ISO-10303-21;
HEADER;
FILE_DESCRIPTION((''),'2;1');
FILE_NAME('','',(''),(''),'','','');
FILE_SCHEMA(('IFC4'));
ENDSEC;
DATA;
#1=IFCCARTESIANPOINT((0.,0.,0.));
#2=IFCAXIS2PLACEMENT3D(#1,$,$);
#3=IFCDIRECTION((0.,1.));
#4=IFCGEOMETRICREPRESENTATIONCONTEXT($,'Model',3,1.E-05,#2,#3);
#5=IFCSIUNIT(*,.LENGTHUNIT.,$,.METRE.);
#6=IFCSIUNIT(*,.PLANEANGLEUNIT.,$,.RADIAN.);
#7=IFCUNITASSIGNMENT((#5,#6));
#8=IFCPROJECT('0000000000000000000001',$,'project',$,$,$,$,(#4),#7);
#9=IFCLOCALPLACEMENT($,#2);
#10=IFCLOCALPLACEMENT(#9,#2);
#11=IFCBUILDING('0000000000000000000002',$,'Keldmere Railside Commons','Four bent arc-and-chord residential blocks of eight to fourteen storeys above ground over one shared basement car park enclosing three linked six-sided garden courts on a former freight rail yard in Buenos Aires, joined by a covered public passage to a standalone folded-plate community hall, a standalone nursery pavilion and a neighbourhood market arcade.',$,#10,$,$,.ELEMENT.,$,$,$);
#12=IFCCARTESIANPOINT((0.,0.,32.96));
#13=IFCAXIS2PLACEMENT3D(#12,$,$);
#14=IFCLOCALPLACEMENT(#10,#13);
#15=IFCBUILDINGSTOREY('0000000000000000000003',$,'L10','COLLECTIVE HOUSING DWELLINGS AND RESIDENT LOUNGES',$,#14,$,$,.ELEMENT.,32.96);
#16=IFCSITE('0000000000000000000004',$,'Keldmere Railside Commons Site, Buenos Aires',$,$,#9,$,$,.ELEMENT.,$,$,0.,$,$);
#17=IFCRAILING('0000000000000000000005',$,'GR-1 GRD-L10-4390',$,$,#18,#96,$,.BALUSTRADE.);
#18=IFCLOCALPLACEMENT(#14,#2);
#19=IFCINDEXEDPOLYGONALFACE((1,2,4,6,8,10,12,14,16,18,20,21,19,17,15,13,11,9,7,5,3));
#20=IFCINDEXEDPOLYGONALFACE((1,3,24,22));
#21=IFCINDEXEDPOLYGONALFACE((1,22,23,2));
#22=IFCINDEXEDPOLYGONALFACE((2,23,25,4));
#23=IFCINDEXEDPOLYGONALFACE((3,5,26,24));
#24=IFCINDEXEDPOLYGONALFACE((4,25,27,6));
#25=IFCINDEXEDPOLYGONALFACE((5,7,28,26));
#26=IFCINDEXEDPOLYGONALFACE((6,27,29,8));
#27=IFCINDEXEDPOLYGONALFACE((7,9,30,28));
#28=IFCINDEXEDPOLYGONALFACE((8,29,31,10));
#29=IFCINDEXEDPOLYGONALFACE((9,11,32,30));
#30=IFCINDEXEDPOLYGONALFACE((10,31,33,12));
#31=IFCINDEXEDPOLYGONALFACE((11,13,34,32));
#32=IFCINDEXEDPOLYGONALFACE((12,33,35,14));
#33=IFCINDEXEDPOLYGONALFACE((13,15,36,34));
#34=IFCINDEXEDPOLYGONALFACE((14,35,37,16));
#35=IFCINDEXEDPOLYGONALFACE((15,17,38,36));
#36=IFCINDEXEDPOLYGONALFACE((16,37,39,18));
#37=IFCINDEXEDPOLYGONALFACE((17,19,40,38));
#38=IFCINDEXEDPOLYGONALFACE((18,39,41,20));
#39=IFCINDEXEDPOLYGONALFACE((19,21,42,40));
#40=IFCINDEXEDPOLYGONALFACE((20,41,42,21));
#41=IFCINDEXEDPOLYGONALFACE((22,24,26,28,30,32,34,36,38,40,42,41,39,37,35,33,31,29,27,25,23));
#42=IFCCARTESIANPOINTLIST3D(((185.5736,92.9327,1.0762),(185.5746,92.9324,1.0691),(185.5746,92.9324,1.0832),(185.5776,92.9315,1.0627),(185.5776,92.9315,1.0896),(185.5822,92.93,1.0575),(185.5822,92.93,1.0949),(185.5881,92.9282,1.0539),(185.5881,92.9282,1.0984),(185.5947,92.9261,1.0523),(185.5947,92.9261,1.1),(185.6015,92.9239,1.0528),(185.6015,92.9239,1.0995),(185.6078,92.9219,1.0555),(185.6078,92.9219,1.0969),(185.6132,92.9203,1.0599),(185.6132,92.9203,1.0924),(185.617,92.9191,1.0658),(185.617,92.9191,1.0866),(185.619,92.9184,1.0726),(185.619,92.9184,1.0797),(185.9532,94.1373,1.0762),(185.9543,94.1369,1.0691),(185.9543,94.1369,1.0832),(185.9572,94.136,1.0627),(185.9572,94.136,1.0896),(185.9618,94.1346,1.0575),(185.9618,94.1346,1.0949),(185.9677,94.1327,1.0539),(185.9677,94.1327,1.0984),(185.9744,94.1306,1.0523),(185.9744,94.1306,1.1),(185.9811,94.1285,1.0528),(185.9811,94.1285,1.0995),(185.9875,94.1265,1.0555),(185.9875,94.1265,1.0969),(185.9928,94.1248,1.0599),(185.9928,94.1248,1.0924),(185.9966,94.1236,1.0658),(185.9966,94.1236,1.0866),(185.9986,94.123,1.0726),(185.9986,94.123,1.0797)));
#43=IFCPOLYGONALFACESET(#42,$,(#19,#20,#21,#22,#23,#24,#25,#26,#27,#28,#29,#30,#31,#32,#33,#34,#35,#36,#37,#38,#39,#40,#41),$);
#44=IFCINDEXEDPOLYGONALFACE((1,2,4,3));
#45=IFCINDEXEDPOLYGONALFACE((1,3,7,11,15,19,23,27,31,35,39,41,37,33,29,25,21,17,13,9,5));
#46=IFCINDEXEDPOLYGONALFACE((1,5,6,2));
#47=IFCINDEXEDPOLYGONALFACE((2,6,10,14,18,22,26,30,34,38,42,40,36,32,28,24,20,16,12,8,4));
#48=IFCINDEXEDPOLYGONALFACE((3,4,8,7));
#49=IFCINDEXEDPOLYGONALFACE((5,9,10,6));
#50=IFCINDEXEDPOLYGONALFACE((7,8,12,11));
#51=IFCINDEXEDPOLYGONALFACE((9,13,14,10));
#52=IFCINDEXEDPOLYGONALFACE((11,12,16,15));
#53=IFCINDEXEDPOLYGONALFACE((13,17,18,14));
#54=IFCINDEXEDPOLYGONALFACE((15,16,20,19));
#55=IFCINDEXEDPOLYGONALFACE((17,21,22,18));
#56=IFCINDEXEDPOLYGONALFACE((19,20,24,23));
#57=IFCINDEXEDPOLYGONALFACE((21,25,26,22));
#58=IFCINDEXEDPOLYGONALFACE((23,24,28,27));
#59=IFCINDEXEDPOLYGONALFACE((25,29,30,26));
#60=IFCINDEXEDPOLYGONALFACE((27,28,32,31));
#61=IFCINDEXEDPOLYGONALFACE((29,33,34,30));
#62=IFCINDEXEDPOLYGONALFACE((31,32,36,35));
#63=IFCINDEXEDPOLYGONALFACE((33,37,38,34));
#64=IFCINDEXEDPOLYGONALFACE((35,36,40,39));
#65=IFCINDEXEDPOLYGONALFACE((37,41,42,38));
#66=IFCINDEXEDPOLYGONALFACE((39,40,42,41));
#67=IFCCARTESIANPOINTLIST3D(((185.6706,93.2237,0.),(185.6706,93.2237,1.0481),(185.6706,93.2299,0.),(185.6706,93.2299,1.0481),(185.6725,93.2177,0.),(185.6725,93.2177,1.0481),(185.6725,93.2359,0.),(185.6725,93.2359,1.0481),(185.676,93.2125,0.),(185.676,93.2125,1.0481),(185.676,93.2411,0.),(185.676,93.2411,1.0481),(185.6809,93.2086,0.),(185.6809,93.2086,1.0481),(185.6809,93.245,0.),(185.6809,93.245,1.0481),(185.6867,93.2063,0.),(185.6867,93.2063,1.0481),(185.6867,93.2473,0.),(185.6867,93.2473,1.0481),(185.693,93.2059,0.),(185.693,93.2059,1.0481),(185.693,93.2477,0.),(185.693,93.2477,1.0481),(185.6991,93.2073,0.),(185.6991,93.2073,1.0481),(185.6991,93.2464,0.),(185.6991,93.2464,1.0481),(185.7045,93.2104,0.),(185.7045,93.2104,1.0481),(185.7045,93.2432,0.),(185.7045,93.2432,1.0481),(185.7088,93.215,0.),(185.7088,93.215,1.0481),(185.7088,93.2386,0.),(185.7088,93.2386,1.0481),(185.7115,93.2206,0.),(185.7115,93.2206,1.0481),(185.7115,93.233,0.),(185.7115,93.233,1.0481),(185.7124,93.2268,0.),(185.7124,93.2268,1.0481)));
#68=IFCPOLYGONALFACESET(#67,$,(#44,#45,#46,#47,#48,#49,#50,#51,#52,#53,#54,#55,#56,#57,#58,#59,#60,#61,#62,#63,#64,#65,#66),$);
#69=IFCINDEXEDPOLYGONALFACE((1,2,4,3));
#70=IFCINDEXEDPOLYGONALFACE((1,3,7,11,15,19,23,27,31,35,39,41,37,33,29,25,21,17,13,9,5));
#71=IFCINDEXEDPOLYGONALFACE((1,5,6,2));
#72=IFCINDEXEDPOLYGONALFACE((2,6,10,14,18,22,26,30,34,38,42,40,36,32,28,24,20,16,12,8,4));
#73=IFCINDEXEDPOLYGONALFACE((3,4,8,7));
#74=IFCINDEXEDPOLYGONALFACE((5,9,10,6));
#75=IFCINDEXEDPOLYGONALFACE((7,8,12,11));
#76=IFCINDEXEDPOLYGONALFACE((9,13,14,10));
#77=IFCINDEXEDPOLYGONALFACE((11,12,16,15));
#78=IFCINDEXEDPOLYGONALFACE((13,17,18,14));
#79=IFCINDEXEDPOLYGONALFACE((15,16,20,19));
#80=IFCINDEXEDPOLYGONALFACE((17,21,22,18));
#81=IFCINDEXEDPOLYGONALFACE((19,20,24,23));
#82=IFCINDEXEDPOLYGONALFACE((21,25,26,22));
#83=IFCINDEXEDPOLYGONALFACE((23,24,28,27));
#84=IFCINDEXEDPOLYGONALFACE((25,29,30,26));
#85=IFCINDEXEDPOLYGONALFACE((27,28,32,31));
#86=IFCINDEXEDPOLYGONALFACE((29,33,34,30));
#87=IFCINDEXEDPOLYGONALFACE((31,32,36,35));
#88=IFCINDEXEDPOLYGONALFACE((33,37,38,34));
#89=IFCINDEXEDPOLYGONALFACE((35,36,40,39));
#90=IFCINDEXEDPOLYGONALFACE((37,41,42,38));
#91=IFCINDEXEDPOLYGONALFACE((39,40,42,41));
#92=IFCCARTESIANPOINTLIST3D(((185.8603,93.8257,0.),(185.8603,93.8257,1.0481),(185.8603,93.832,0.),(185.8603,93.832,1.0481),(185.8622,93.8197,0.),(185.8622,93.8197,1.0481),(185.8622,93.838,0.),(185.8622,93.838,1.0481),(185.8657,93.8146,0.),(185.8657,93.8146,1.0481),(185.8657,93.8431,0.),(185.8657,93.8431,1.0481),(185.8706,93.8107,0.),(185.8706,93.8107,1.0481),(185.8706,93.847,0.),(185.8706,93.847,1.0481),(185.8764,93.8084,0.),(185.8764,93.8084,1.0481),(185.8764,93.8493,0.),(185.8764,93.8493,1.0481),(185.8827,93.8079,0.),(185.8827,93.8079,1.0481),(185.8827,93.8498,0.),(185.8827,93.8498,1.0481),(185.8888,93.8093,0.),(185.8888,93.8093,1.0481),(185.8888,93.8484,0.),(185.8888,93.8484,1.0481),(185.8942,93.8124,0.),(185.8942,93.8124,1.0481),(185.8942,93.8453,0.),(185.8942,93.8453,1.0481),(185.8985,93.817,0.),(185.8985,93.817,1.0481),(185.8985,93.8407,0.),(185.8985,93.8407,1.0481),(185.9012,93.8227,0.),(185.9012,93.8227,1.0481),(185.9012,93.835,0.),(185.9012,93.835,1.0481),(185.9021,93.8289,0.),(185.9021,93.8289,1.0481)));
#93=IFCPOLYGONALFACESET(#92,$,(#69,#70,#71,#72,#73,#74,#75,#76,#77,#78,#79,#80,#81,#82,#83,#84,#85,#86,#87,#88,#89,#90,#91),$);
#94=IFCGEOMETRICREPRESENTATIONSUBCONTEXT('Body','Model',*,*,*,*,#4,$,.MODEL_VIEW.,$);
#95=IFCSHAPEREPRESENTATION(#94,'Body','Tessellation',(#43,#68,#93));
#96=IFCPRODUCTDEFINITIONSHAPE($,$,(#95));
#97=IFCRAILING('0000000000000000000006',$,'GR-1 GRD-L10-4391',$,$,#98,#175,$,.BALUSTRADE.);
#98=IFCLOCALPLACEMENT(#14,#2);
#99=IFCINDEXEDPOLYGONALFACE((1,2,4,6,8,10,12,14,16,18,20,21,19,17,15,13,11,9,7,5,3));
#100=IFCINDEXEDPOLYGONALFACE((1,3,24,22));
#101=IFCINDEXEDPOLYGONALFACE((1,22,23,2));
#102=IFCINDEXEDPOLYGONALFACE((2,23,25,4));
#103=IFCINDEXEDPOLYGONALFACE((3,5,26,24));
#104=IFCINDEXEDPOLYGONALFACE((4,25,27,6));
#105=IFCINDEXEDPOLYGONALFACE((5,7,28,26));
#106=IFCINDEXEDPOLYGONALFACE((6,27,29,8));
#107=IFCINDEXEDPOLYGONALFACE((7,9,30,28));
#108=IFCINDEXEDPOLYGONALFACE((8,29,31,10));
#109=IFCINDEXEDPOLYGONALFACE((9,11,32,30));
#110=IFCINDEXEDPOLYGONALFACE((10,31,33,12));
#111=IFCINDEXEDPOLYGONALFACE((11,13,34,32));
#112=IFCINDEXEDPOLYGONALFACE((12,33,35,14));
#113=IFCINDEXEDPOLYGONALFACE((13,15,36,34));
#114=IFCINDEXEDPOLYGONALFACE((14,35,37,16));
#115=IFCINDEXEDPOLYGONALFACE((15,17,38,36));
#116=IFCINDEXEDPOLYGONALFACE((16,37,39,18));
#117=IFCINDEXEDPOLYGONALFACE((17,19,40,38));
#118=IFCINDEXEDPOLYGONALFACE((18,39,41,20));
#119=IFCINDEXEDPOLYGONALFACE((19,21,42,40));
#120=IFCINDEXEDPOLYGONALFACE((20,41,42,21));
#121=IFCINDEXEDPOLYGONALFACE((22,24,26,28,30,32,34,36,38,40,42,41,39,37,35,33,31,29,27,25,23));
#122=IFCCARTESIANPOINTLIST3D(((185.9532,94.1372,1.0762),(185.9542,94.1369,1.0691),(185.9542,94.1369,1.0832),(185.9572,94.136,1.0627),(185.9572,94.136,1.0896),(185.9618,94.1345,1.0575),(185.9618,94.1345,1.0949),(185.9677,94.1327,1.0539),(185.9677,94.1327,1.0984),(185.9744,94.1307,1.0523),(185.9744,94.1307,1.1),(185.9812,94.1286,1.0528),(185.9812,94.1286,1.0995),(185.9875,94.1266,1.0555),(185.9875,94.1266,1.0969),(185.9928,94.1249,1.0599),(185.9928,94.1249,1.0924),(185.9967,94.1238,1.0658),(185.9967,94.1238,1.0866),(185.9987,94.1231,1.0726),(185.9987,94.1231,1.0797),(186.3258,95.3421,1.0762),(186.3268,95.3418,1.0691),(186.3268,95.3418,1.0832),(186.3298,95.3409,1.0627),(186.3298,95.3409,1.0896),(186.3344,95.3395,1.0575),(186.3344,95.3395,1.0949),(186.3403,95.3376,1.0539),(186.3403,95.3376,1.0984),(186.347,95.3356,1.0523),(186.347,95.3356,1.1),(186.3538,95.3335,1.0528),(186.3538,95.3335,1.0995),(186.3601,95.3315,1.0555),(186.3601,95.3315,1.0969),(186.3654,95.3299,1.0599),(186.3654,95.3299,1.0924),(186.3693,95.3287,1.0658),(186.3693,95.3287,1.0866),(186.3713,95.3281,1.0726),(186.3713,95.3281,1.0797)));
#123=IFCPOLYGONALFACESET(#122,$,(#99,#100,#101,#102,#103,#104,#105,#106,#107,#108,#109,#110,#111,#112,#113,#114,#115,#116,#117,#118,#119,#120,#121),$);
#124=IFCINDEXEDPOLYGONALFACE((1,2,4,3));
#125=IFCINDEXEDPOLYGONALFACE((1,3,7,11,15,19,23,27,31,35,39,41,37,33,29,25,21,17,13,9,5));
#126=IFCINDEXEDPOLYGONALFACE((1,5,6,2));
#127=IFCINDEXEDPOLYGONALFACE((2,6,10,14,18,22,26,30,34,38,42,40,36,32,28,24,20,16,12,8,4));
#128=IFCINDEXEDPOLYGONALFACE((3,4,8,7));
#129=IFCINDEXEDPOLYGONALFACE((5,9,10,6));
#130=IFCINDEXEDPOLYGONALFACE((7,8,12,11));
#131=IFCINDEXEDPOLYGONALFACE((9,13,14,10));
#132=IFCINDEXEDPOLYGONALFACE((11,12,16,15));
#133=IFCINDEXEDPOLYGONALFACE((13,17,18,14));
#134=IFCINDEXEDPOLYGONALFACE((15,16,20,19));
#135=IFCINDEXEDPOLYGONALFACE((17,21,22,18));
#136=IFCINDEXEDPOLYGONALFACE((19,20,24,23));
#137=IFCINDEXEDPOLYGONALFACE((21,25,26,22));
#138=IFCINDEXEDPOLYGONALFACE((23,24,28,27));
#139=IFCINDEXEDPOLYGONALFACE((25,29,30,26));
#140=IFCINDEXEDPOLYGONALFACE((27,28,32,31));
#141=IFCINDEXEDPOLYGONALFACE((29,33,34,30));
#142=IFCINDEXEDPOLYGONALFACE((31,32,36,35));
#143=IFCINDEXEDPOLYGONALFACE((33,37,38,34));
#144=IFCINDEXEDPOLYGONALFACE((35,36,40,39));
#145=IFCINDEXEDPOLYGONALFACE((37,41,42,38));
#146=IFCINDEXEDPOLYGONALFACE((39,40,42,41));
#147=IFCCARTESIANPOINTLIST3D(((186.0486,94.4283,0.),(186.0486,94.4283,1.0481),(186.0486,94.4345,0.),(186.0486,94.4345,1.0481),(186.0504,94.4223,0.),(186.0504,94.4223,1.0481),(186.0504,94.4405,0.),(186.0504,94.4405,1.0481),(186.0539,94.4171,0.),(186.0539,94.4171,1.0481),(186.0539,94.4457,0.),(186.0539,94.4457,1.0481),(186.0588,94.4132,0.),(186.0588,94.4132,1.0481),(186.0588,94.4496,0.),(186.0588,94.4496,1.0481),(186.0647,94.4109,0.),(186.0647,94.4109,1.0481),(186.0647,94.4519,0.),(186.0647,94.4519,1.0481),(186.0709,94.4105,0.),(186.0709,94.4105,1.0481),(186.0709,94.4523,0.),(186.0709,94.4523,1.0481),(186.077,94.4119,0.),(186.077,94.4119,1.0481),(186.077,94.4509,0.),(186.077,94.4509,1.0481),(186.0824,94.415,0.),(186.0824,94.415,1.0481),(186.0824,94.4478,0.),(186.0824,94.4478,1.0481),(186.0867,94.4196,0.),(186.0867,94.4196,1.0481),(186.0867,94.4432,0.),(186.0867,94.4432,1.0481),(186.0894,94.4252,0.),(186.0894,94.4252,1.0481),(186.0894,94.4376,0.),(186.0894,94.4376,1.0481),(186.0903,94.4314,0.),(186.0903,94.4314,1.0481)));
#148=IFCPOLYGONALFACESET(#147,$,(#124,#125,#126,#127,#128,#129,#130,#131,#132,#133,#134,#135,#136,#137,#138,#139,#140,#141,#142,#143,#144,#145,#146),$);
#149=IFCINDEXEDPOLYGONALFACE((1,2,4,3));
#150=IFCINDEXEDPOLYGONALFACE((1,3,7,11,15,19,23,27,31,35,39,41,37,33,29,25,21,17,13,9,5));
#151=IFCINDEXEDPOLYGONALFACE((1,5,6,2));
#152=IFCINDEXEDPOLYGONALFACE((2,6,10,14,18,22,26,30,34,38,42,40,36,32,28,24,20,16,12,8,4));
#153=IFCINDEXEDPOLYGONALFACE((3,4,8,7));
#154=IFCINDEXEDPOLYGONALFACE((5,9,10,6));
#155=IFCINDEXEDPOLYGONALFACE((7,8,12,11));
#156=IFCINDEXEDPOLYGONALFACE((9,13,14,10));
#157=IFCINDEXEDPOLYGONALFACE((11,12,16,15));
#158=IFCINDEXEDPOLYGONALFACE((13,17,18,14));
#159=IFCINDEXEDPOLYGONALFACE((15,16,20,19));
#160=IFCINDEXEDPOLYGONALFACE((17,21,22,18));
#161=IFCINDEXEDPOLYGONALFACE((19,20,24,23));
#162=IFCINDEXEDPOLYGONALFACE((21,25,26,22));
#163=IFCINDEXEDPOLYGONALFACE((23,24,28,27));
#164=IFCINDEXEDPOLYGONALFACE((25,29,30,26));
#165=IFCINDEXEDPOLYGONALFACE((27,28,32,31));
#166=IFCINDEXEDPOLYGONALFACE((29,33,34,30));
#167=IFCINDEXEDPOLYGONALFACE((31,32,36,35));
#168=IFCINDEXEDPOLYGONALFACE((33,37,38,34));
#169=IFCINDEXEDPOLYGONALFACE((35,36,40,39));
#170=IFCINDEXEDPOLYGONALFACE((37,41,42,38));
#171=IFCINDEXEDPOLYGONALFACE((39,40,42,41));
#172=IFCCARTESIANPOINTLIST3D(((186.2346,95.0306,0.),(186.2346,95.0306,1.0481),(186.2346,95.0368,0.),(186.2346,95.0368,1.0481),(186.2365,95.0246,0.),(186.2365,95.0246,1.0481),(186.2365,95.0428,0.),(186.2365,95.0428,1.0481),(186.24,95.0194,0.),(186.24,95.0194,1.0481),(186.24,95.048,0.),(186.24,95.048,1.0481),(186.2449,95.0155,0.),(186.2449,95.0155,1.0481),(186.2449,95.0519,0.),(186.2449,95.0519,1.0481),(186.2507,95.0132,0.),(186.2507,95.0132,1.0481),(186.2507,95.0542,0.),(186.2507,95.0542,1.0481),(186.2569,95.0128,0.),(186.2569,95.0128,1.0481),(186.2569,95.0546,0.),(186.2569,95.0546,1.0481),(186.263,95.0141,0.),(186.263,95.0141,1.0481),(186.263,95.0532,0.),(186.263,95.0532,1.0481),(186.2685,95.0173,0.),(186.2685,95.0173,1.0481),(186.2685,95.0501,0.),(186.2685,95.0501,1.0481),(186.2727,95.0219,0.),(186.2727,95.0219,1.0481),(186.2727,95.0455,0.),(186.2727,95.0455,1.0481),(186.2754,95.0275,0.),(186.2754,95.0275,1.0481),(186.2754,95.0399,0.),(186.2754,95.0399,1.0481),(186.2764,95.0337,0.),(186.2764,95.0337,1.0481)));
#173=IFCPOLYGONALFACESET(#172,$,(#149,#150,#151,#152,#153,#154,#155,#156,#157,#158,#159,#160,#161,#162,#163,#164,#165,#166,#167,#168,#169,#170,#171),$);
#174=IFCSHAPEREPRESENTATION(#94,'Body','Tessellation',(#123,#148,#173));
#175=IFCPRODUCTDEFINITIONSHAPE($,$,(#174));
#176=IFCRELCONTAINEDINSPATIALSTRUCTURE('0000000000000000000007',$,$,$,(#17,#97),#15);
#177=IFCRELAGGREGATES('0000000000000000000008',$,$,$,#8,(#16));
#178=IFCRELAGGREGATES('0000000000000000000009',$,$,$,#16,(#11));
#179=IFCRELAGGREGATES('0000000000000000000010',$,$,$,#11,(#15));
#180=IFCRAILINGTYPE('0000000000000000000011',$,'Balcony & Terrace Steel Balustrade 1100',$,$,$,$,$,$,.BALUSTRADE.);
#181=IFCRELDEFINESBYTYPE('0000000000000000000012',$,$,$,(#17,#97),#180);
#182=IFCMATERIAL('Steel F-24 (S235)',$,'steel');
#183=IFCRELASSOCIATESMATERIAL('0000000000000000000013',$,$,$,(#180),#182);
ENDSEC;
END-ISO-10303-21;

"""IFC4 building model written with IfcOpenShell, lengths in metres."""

from ifc_helpers import new_model, si_unit, direction, frame, origin, origin_2d, place, context, subcontext, project, spatial, circle, extrude, material, type_object, element, save


model = new_model("IFC4")

# Units and contexts
model_context = context("Model", 3, precision=1e-05, world=origin(), true_north=direction((0.0, 1.0)))
body_context = subcontext(model_context, "Body", "Model", "MODEL_VIEW")
ifc_project = project(units=[si_unit("LENGTHUNIT", "METRE"), si_unit("PLANEANGLEUNIT", "RADIAN")], contexts=[model_context])

# Site, building, storey
site_placement = place(None, origin())
site = spatial("IfcSite", under=ifc_project, at=site_placement, Name="Keldmere Railside Commons Site, Buenos Aires", CompositionType="ELEMENT", RefElevation=0.0)
building_placement = place(site_placement, origin())
building = spatial("IfcBuilding", under=site, at=building_placement, Name="Keldmere Railside Commons", Description="Four bent arc-and-chord residential blocks of eight to fourteen storeys above ground over one shared basement car park enclosing three linked six-sided garden courts on a former freight rail yard in Buenos Aires, joined by a covered public passage to a standalone folded-plate community hall, a standalone nursery pavilion and a neighbourhood market arcade.", CompositionType="ELEMENT")
storey_placement = place(building_placement, frame((0.0, 0.0, 32.96)))
storey = spatial("IfcBuildingStorey", under=building, at=storey_placement, Name="L10", Description="COLLECTIVE HOUSING DWELLINGS AND RESIDENT LOUNGES", CompositionType="ELEMENT", Elevation=32.96)

# Railings
ifc_material_1 = material(Name="Steel F-24 (S235)", Category="steel")
railing_type = type_object("IfcRailingType", Name="Balcony & Terrace Steel Balustrade 1100", PredefinedType="BALUSTRADE", material=ifc_material_1)
railing_1_placement = place(storey_placement, frame((185.5964, 92.9255, 0.0)))
element("IfcRailing", 1, at=railing_1_placement, inside=storey, type_object=railing_type, Name="GR-1 GRD-L10-4390", PredefinedType="BALUSTRADE", context=body_context, shape_type="SweptSolid", body=[
    extrude(circle(Radius=0.0239, at=origin_2d()), frame((0.0, 0.0, 1.0762), z_axis=(0.300585, 0.953755, 0.0), x_axis=(-0.953755, 0.300585, 0.0)), (0.0, 0.0, 1.0), 1.2629),
    extrude(circle(Radius=0.021, at=origin_2d()), frame((0.095, 0.3013, 0.0)), (0.0, 0.0, 1.0), 1.0481),
    extrude(circle(Radius=0.021, at=origin_2d()), frame((0.2847, 0.9033, 0.0)), (0.0, 0.0, 1.0), 1.0481),
])
railing_2_placement = place(storey_placement, frame((185.9761, 94.1301, 0.0)))
element("IfcRailing", 2, at=railing_2_placement, inside=storey, type_object=railing_type, Name="GR-1 GRD-L10-4391", PredefinedType="BALUSTRADE", context=body_context, shape_type="SweptSolid", body=[
    extrude(circle(Radius=0.0239, at=origin_2d()), frame((0.0, 0.0, 1.0762), z_axis=(0.295419, 0.955368, 0.0), x_axis=(-0.955368, 0.295419, 0.0)), (0.0, 0.0, 1.0), 1.2612),
    extrude(circle(Radius=0.021, at=origin_2d()), frame((0.0933, 0.3013, 0.0)), (0.0, 0.0, 1.0), 1.0481),
    extrude(circle(Radius=0.021, at=origin_2d()), frame((0.2793, 0.9036, 0.0)), (0.0, 0.0, 1.0), 1.0481),
])

save(model, "model.ifc")
